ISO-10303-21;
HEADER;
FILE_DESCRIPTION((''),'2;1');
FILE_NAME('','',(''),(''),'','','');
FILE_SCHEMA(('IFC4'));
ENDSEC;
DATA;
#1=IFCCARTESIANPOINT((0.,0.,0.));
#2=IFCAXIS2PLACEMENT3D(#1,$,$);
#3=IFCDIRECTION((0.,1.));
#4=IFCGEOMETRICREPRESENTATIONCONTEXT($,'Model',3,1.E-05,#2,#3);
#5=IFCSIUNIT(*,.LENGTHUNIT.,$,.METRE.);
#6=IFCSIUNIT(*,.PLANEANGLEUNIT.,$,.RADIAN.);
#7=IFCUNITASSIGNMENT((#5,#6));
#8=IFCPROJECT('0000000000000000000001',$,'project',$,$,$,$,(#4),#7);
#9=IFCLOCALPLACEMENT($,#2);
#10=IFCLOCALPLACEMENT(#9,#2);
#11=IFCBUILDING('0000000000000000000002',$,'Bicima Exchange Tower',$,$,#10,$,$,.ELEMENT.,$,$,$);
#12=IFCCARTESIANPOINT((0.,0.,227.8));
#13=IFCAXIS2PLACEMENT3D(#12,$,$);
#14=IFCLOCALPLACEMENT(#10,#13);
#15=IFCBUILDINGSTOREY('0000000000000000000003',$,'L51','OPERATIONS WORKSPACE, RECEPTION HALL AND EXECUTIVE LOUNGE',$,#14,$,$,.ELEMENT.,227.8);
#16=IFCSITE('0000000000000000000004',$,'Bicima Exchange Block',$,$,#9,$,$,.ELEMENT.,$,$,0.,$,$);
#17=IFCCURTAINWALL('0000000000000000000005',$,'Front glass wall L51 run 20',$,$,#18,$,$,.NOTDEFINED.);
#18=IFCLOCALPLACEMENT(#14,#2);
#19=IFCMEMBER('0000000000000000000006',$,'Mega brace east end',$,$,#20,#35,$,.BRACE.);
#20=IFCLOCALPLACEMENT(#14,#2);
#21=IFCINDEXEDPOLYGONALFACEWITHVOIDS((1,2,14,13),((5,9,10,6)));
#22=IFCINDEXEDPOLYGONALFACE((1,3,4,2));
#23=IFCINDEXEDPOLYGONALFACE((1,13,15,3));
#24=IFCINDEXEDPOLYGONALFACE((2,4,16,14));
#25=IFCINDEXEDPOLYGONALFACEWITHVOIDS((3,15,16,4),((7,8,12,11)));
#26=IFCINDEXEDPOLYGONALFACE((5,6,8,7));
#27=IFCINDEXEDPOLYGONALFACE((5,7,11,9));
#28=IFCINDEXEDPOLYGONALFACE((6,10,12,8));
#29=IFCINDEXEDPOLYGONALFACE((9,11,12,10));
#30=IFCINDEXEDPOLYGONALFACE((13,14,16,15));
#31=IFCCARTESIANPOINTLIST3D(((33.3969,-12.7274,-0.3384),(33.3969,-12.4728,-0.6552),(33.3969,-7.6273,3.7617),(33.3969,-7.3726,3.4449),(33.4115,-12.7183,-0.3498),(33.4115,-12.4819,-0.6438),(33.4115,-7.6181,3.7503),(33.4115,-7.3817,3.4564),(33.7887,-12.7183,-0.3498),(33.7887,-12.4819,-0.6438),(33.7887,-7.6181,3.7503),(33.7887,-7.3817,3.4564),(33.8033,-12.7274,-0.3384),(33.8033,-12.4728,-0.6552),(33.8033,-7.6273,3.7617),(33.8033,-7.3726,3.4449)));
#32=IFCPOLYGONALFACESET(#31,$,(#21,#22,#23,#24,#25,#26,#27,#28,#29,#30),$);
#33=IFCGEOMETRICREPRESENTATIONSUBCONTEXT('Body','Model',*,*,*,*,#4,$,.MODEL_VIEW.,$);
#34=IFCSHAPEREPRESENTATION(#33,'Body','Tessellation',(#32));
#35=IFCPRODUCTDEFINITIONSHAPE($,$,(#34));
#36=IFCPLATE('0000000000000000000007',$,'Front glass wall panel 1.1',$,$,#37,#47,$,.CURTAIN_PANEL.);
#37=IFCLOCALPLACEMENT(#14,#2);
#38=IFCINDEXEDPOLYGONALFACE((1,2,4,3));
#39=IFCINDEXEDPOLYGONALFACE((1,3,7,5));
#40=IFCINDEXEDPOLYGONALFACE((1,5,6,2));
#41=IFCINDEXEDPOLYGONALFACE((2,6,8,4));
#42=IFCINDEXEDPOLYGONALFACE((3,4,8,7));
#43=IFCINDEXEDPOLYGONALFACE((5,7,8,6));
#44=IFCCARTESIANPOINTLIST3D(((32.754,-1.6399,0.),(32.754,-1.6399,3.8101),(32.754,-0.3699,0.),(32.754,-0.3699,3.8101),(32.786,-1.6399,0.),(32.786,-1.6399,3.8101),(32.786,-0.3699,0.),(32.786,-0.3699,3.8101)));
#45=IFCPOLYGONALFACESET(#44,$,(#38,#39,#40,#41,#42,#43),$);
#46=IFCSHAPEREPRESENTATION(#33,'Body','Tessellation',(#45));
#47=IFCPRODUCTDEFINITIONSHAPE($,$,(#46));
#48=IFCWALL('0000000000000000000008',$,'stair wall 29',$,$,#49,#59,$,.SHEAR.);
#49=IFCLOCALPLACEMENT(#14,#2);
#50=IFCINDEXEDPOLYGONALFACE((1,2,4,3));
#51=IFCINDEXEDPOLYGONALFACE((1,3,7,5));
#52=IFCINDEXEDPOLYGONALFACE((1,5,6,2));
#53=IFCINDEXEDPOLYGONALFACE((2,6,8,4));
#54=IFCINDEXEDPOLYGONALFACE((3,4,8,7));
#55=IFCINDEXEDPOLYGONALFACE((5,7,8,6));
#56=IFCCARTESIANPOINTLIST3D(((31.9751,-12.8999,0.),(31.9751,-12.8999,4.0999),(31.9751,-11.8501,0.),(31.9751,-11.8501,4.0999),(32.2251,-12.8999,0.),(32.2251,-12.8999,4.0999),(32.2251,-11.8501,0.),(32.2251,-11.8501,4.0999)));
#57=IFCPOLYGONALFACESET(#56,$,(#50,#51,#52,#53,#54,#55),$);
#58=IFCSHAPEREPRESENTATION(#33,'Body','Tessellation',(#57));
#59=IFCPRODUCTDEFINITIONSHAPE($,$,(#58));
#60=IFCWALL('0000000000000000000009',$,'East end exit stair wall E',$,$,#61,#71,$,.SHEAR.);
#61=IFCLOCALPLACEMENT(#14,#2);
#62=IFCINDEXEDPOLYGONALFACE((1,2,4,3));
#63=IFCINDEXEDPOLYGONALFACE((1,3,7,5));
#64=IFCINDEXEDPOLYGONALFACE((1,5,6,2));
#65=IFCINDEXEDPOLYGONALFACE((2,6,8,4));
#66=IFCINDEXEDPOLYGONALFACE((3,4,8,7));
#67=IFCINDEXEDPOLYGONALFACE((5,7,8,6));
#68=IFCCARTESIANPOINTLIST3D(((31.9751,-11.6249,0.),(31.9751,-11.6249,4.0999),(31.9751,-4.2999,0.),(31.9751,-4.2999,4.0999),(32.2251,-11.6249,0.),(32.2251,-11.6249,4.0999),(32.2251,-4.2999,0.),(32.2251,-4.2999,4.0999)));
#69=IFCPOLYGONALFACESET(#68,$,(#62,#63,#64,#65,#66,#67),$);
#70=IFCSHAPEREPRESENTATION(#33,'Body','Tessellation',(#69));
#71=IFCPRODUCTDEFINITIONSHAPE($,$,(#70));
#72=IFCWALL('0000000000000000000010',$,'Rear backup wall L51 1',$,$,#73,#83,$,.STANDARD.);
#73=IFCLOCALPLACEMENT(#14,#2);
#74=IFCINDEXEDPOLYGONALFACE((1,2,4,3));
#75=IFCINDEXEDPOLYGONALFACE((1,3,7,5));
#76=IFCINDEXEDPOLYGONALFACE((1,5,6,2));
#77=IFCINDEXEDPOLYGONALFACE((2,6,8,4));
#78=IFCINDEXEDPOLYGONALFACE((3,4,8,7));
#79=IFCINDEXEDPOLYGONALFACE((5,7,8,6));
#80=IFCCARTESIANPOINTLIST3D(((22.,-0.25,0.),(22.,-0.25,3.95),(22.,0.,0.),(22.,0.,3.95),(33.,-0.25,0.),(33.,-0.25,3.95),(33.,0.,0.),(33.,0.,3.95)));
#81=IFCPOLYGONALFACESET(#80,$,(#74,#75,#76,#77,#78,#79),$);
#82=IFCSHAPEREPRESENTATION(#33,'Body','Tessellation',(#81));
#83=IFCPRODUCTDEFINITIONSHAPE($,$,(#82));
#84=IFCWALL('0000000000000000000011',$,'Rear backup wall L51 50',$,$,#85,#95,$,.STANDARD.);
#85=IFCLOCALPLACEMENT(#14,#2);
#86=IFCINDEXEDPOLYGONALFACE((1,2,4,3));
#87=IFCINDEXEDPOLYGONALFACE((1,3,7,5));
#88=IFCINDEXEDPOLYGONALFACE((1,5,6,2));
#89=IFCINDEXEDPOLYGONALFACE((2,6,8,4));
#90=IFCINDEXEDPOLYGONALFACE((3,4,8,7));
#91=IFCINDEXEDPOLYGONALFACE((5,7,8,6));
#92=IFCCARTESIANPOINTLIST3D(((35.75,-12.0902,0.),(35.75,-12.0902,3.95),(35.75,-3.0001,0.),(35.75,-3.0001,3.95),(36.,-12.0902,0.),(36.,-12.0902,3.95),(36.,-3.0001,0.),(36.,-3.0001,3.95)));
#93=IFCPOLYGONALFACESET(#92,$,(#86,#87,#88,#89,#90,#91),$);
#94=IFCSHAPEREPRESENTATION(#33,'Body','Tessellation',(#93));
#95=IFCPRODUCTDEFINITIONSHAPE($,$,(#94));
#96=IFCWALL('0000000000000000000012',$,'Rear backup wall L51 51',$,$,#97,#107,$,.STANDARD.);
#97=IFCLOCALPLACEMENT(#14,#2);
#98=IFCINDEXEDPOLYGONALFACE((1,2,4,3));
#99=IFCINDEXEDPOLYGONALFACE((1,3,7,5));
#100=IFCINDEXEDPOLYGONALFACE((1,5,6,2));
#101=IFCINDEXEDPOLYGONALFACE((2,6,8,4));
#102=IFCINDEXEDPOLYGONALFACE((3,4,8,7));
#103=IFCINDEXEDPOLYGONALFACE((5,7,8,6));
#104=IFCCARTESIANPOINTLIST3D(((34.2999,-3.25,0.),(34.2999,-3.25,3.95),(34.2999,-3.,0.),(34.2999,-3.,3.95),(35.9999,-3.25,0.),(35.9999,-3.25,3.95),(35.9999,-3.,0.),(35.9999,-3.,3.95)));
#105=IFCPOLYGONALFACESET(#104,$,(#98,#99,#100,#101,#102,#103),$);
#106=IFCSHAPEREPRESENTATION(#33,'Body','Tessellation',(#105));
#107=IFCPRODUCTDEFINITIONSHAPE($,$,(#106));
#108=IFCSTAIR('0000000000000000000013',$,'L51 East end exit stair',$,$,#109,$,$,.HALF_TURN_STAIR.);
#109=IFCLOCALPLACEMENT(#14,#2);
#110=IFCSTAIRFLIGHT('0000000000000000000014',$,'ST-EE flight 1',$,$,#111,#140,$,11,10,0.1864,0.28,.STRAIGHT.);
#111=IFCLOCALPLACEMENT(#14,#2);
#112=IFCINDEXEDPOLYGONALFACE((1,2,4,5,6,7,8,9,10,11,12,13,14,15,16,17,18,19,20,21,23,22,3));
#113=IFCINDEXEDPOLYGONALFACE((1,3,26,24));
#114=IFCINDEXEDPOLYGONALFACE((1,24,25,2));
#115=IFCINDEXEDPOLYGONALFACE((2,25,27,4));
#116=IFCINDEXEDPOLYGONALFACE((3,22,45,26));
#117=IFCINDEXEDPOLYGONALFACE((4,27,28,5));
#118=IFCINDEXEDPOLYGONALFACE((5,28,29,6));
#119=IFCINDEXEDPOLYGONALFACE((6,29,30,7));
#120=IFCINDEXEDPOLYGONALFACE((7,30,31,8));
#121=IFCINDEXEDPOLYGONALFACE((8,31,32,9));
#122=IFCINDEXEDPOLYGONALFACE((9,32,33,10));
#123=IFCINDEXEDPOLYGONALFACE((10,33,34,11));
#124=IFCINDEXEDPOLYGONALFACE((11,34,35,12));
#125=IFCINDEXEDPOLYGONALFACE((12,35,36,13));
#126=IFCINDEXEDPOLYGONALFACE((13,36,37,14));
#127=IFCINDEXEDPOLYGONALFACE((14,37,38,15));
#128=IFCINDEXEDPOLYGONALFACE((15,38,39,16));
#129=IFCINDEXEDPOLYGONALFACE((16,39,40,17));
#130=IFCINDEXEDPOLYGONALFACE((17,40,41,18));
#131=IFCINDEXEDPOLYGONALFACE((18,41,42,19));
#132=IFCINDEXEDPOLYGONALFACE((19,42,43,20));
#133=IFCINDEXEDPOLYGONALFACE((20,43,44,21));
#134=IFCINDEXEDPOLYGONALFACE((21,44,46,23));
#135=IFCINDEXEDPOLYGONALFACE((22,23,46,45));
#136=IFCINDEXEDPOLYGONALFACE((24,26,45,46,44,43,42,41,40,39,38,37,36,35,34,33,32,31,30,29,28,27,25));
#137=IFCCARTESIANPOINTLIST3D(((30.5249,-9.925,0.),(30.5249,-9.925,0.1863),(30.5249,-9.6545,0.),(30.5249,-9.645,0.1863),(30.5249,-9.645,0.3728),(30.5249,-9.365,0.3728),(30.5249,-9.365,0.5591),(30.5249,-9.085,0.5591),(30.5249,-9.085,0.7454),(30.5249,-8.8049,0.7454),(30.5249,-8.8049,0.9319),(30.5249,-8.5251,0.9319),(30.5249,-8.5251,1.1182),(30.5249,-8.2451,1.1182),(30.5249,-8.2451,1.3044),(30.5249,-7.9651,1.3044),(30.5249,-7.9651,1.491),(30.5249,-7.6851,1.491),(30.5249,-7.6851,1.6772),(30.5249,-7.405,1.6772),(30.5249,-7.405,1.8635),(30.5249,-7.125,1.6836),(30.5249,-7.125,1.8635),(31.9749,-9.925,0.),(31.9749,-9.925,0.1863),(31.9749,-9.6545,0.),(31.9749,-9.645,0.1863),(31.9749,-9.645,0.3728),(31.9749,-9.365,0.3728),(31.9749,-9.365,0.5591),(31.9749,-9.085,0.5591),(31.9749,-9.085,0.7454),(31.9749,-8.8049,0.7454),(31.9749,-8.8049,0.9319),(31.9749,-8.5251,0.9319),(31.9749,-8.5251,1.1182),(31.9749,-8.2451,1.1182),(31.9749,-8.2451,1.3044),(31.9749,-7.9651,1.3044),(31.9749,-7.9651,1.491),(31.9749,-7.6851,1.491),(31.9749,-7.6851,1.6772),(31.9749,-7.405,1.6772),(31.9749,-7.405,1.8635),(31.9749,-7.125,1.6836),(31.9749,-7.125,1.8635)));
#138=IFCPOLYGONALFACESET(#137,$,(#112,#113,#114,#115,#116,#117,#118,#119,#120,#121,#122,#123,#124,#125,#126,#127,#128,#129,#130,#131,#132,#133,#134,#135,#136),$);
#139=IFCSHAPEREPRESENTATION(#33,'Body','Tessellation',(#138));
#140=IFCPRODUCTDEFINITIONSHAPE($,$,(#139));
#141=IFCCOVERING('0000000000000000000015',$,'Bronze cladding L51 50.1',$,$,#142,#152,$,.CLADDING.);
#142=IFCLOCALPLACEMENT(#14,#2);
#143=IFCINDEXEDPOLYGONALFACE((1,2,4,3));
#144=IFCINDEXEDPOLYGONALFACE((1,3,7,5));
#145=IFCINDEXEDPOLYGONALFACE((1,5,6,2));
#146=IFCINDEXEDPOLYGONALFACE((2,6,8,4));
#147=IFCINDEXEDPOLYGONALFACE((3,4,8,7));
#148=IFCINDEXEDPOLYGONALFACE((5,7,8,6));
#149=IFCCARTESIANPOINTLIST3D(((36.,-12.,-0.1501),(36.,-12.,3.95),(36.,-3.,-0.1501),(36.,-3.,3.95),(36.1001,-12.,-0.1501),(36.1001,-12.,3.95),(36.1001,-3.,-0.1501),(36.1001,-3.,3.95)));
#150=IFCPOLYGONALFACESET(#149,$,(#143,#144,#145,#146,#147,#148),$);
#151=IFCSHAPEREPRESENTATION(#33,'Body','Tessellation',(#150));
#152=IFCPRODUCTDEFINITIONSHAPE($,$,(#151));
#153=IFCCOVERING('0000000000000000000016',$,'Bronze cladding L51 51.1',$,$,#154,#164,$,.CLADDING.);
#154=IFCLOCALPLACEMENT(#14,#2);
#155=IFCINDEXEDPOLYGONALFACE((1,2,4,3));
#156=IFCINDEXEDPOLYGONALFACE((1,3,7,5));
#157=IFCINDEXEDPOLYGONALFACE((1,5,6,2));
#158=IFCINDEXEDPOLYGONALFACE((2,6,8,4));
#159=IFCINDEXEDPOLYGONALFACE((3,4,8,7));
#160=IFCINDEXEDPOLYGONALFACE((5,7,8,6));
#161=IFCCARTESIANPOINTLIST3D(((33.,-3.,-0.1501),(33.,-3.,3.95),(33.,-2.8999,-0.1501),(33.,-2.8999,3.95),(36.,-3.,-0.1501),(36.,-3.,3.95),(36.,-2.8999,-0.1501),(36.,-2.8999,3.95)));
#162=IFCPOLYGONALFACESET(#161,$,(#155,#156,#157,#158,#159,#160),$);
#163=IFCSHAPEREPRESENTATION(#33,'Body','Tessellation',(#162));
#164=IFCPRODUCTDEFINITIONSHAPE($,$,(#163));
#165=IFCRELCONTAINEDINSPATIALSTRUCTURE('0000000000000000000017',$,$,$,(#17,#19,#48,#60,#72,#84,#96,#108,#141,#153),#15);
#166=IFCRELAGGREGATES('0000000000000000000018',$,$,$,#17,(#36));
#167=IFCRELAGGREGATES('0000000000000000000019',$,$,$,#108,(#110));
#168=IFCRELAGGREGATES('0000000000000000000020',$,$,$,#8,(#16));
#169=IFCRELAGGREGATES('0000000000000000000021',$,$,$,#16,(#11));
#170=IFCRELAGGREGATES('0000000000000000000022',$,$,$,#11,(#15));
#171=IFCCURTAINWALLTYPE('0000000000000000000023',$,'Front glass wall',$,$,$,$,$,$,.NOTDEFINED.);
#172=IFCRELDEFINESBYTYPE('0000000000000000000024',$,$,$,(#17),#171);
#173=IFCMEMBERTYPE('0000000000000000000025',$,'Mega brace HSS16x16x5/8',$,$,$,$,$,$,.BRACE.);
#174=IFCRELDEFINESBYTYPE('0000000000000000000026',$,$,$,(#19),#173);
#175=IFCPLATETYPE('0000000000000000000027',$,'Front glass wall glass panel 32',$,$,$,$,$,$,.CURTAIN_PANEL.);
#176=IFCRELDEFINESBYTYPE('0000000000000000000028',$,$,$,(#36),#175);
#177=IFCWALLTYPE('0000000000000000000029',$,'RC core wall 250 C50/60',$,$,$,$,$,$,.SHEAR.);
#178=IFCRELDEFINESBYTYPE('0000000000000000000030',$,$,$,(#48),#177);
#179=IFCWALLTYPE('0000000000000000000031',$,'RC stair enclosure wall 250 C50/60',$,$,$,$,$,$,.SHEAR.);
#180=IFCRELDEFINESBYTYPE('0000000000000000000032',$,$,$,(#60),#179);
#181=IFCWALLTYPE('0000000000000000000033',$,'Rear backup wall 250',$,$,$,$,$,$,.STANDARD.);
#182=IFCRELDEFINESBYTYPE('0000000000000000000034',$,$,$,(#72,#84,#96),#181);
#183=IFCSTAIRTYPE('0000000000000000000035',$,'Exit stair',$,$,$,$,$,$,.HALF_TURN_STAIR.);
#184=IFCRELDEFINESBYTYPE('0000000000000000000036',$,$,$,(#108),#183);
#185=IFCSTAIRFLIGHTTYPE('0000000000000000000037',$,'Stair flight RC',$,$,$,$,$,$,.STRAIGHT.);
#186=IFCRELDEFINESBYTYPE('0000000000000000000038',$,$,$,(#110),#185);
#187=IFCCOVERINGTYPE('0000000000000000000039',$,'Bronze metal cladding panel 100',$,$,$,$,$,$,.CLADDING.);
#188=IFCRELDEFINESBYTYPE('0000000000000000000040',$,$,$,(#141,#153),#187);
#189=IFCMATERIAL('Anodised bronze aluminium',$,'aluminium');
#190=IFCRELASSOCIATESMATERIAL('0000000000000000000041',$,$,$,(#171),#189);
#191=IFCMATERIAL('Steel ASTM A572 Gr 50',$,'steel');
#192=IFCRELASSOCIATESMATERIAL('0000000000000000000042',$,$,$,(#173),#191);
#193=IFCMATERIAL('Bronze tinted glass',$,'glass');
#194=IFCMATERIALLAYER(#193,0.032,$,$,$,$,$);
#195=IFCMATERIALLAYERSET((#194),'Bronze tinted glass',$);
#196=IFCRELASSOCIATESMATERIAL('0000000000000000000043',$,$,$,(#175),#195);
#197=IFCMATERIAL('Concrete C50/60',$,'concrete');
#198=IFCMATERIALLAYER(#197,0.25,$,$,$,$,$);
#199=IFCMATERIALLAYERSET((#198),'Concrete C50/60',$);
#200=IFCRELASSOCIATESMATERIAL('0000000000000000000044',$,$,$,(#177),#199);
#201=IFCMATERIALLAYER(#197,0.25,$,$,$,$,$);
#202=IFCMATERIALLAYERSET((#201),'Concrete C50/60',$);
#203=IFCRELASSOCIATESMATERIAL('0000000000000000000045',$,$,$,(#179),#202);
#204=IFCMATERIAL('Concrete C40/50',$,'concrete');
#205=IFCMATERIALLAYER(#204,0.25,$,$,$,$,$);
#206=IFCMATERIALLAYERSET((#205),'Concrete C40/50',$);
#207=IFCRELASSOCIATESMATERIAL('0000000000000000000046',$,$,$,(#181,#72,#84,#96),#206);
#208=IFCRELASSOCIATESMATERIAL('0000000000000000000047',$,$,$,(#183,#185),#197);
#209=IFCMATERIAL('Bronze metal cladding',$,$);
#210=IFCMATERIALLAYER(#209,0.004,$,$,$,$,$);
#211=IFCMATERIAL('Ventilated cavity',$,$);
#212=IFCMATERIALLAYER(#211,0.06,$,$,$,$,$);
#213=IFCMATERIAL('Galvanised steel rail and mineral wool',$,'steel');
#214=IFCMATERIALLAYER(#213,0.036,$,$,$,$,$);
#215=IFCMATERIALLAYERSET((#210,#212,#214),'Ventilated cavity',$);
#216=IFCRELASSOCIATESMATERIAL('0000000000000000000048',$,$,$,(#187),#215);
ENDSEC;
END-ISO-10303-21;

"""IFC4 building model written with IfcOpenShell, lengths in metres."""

from ifc_helpers import new_model, si_unit, direction, frame, frame_2d, origin, origin_2d, place, context, subcontext, project, spatial, polyline, rectangle, hollow_rectangle, outline, extrude, material, layer, layer_set, layer_usage, material_profile, profile_set, type_object, element, aggregate, save


model = new_model("IFC4")

# Units and contexts
model_context = context("Model", 3, precision=1e-05, world=origin(), true_north=direction((0.0, 1.0)))
body_context = subcontext(model_context, "Body", "Model", "MODEL_VIEW")
ifc_project = project(units=[si_unit("LENGTHUNIT", "METRE"), si_unit("PLANEANGLEUNIT", "RADIAN")], contexts=[model_context])

# Site, building, storey
site_placement = place(None, origin())
site = spatial("IfcSite", under=ifc_project, at=site_placement, Name="Bicima Exchange Block", CompositionType="ELEMENT", RefElevation=0.0)
building_placement = place(site_placement, origin())
building = spatial("IfcBuilding", under=site, at=building_placement, Name="Bicima Exchange Tower", CompositionType="ELEMENT")
storey_placement = place(building_placement, frame((0.0, 0.0, 227.8)))
storey = spatial("IfcBuildingStorey", under=building, at=storey_placement, Name="L51", Description="OPERATIONS WORKSPACE, RECEPTION HALL AND EXECUTIVE LOUNGE", CompositionType="ELEMENT", Elevation=227.8)

# Shared definitions
ifc_material_1 = material(Name="Steel ASTM A572 Gr 50", Category="steel")

# Shared definitions
ifc_material_2 = material(Name="Anodised bronze aluminium", Category="aluminium")

# Curtain wall
curtain_wall_type_1 = type_object("IfcCurtainWallType", Name="Front glass wall", PredefinedType="NOTDEFINED", material=ifc_material_2)
curtain_wall_1_placement = place(storey_placement, origin())
curtain_wall_1 = element("IfcCurtainWall", 1, at=curtain_wall_1_placement, inside=storey, type_object=curtain_wall_type_1, Name="Front glass wall L51 run 20", PredefinedType="NOTDEFINED")

# Member
ifc_material_profile_1 = material_profile(ifc_material_1, hollow_rectangle(XDim=0.4065, YDim=0.4065, WallThickness=0.0146, at=origin_2d()))
ifc_profile_set_1 = profile_set([ifc_material_profile_1], Name="Steel ASTM A572 Gr 50")
member_type_1 = type_object("IfcMemberType", Name="Mega brace HSS16x16x5/8", PredefinedType="BRACE", material=ifc_profile_set_1)
for number, where, z_axis, x_axis, name in (
    (2, (33.6001, -12.6001, -0.4968), (0.0, 0.779374, 0.626559), (-1.0, 0.0, 0.0), "Mega brace east end"),
):
    element("IfcMember", number, at=place(storey_placement, frame(where, z_axis=z_axis, x_axis=x_axis)), inside=storey, type_object=member_type_1, Name=name, PredefinedType="BRACE", context=body_context, shape_type="SweptSolid", body=[
        extrude(hollow_rectangle(XDim=0.4065, YDim=0.4065, WallThickness=0.0146, at=origin_2d()), origin(), (0.0, 0.0, 1.0), 6.5439),
    ])

# Plate
ifc_material_3 = material(Name="Bronze tinted glass", Category="glass")
ifc_layer_1 = layer(ifc_material_3, 0.032)
ifc_layer_set_1 = layer_set([ifc_layer_1], Name="Bronze tinted glass")
plate_type = type_object("IfcPlateType", Name="Front glass wall glass panel 32", PredefinedType="CURTAIN_PANEL", material=ifc_layer_set_1)
plate_placement = place(storey_placement, frame((32.77, -1.0049, 0.0), z_axis=(0.0, 0.0, 1.0), x_axis=(0.0, 1.0, 0.0)))
plate = element("IfcPlate", 3, at=plate_placement, type_object=plate_type, Name="Front glass wall panel 1.1", PredefinedType="CURTAIN_PANEL", context=body_context, shape_type="SweptSolid", body=[
    extrude(rectangle(XDim=1.27, YDim=0.032, at=origin_2d()), origin(), (0.0, 0.0, 1.0), 3.8101),
])
aggregate(curtain_wall_1, [plate])

# Walls
ifc_material_4 = material(Name="Concrete C50/60", Category="concrete")
ifc_layer_2 = layer(ifc_material_4, 0.25)
ifc_layer_set_2 = layer_set([ifc_layer_2], Name="Concrete C50/60")
wall_type_1 = type_object("IfcWallType", Name="RC core wall 250 C50/60", PredefinedType="SHEAR", material=ifc_layer_set_2)
wall_1_placement = place(storey_placement, frame((32.1001, -12.8999, 0.0), z_axis=(0.0, 0.0, 1.0), x_axis=(0.0, 1.0, 0.0)))
element("IfcWall", 4, at=wall_1_placement, inside=storey, type_object=wall_type_1, Name="stair wall 29", PredefinedType="SHEAR", context=body_context, shape_type="SweptSolid", body=[
    extrude(rectangle(XDim=1.0498, YDim=0.25, at=frame_2d((0.5249, 0.0))), origin(), (0.0, 0.0, 1.0), 4.0999),
])
ifc_layer_3 = layer(ifc_material_4, 0.25)
ifc_layer_set_3 = layer_set([ifc_layer_3], Name="Concrete C50/60")
wall_type_2 = type_object("IfcWallType", Name="RC stair enclosure wall 250 C50/60", PredefinedType="SHEAR", material=ifc_layer_set_3)
wall_2_placement = place(storey_placement, frame((32.1001, -11.625, 0.0), z_axis=(0.0, 0.0, 1.0), x_axis=(0.0, 1.0, 0.0)))
element("IfcWall", 5, at=wall_2_placement, inside=storey, type_object=wall_type_2, Name="East end exit stair wall E", PredefinedType="SHEAR", context=body_context, shape_type="SweptSolid", body=[
    extrude(rectangle(XDim=7.325, YDim=0.25, at=frame_2d((3.6626, 0.0))), origin(), (0.0, 0.0, 1.0), 4.0999),
])
ifc_material_5 = material(Name="Concrete C40/50", Category="concrete")
ifc_layer_4 = layer(ifc_material_5, 0.25)
ifc_layer_set_4 = layer_set([ifc_layer_4], Name="Concrete C40/50")
ifc_layer_usage = layer_usage(ifc_layer_set_4, "AXIS2", "POSITIVE", -0.125)
wall_type_3 = type_object("IfcWallType", Name="Rear backup wall 250", PredefinedType="STANDARD", material=ifc_layer_set_4)
wall_3_placement = place(storey_placement, frame((33.0, -0.125, 0.0), z_axis=(0.0, 0.0, 1.0), x_axis=(-1.0, 0.0, 0.0)))
element("IfcWall", 6, at=wall_3_placement, inside=storey, type_object=wall_type_3, material=ifc_layer_usage, Name="Rear backup wall L51 1", PredefinedType="STANDARD", context=body_context, shape_type="SweptSolid", body=[
    extrude(rectangle(XDim=11.0, YDim=0.25, at=frame_2d((5.5, 0.0))), origin(), (0.0, 0.0, 1.0), 3.95),
])
wall_4_placement = place(storey_placement, frame((35.875, -12.0901, 0.0), z_axis=(0.0, 0.0, 1.0), x_axis=(0.0, 1.0, 0.0)))
element("IfcWall", 7, at=wall_4_placement, inside=storey, type_object=wall_type_3, material=ifc_layer_usage, Name="Rear backup wall L51 50", PredefinedType="STANDARD", context=body_context, shape_type="SweptSolid", body=[
    extrude(rectangle(XDim=9.0901, YDim=0.25, at=frame_2d((4.5449, 0.0))), origin(), (0.0, 0.0, 1.0), 3.95),
])
wall_5_placement = place(storey_placement, frame((36.0, -3.125, 0.0), z_axis=(0.0, 0.0, 1.0), x_axis=(-1.0, 0.0, 0.0)))
element("IfcWall", 8, at=wall_5_placement, inside=storey, type_object=wall_type_3, material=ifc_layer_usage, Name="Rear backup wall L51 51", PredefinedType="STANDARD", context=body_context, shape_type="SweptSolid", body=[
    extrude(rectangle(XDim=1.7, YDim=0.25, at=frame_2d((0.8501, 0.0))), origin(), (0.0, 0.0, 1.0), 3.95),
])

# Stair, stair flight
stair_type = type_object("IfcStairType", Name="Exit stair", PredefinedType="HALF_TURN_STAIR", material=ifc_material_4)
stair_placement = place(storey_placement, origin())
stair = element("IfcStair", 9, at=stair_placement, inside=storey, type_object=stair_type, Name="L51 East end exit stair", PredefinedType="HALF_TURN_STAIR")
stair_flight_type = type_object("IfcStairFlightType", Name="Stair flight RC", PredefinedType="STRAIGHT", material=ifc_material_4)
stair_flight_placement = place(storey_placement, frame((31.25, -9.925, 0.0), z_axis=(0.0, 0.0, 1.0), x_axis=(0.0, 1.0, 0.0)))
stair_flight = element("IfcStairFlight", 10, at=stair_flight_placement, type_object=stair_flight_type, Name="ST-EE flight 1", NumberOfRisers=11, NumberOfTreads=10, PredefinedType="STRAIGHT", RiserHeight=0.1864, TreadLength=0.28, context=body_context, shape_type="SweptSolid", body=[
    extrude(outline(polyline([(0.0, 0.0), (0.0, 0.1863), (0.28, 0.1863), (0.28, 0.3728), (0.5601, 0.3728), (0.5601, 0.5591), (0.8401, 0.5591), (0.8401, 0.7454), (1.1201, 0.7454), (1.1201, 0.9319), (1.3999, 0.9319), (1.3999, 1.1182), (1.6799, 1.1182), (1.6799, 1.3044), (1.96, 1.3044), (1.96, 1.491), (2.24, 1.491), (2.24, 1.6772), (2.52, 1.6772), (2.52, 1.8635), (2.8, 1.8635), (2.8, 2.05), (2.8, 1.6836), (0.2705, 0.0), (0.0, 0.0)])), frame((0.0, 0.7251, 0.0), z_axis=(0.0, -1.0, 0.0), x_axis=(1.0, 0.0, 0.0)), (0.0, 0.0, 1.0), 1.45),
])
aggregate(stair, [stair_flight])

# Coverings
ifc_material_6 = material(Name="Bronze metal cladding")
ifc_layer_5 = layer(ifc_material_6, 0.004)
ifc_material_7 = material(Name="Ventilated cavity")
ifc_layer_6 = layer(ifc_material_7, 0.06)
ifc_material_8 = material(Name="Galvanised steel rail and mineral wool", Category="steel")
ifc_layer_7 = layer(ifc_material_8, 0.036)
ifc_layer_set_5 = layer_set([ifc_layer_5, ifc_layer_6, ifc_layer_7], Name="Ventilated cavity")
covering_type = type_object("IfcCoveringType", Name="Bronze metal cladding panel 100", PredefinedType="CLADDING", material=ifc_layer_set_5)
covering_1_placement = place(storey_placement, frame((36.05, -7.5, -0.1501), z_axis=(0.0, 0.0, 1.0), x_axis=(0.0, 1.0, 0.0)))
element("IfcCovering", 11, at=covering_1_placement, inside=storey, type_object=covering_type, Name="Bronze cladding L51 50.1", PredefinedType="CLADDING", context=body_context, shape_type="SweptSolid", body=[
    extrude(rectangle(XDim=9.0, YDim=0.1001, at=origin_2d()), origin(), (0.0, 0.0, 1.0), 4.1001),
])
covering_2_placement = place(storey_placement, frame((34.5, -2.95, -0.1501), z_axis=(0.0, 0.0, 1.0), x_axis=(-1.0, 0.0, 0.0)))
element("IfcCovering", 12, at=covering_2_placement, inside=storey, type_object=covering_type, Name="Bronze cladding L51 51.1", PredefinedType="CLADDING", context=body_context, shape_type="SweptSolid", body=[
    extrude(rectangle(XDim=3.0, YDim=0.1001, at=origin_2d()), origin(), (0.0, 0.0, 1.0), 4.1001),
])

save(model, "model.ifc")
